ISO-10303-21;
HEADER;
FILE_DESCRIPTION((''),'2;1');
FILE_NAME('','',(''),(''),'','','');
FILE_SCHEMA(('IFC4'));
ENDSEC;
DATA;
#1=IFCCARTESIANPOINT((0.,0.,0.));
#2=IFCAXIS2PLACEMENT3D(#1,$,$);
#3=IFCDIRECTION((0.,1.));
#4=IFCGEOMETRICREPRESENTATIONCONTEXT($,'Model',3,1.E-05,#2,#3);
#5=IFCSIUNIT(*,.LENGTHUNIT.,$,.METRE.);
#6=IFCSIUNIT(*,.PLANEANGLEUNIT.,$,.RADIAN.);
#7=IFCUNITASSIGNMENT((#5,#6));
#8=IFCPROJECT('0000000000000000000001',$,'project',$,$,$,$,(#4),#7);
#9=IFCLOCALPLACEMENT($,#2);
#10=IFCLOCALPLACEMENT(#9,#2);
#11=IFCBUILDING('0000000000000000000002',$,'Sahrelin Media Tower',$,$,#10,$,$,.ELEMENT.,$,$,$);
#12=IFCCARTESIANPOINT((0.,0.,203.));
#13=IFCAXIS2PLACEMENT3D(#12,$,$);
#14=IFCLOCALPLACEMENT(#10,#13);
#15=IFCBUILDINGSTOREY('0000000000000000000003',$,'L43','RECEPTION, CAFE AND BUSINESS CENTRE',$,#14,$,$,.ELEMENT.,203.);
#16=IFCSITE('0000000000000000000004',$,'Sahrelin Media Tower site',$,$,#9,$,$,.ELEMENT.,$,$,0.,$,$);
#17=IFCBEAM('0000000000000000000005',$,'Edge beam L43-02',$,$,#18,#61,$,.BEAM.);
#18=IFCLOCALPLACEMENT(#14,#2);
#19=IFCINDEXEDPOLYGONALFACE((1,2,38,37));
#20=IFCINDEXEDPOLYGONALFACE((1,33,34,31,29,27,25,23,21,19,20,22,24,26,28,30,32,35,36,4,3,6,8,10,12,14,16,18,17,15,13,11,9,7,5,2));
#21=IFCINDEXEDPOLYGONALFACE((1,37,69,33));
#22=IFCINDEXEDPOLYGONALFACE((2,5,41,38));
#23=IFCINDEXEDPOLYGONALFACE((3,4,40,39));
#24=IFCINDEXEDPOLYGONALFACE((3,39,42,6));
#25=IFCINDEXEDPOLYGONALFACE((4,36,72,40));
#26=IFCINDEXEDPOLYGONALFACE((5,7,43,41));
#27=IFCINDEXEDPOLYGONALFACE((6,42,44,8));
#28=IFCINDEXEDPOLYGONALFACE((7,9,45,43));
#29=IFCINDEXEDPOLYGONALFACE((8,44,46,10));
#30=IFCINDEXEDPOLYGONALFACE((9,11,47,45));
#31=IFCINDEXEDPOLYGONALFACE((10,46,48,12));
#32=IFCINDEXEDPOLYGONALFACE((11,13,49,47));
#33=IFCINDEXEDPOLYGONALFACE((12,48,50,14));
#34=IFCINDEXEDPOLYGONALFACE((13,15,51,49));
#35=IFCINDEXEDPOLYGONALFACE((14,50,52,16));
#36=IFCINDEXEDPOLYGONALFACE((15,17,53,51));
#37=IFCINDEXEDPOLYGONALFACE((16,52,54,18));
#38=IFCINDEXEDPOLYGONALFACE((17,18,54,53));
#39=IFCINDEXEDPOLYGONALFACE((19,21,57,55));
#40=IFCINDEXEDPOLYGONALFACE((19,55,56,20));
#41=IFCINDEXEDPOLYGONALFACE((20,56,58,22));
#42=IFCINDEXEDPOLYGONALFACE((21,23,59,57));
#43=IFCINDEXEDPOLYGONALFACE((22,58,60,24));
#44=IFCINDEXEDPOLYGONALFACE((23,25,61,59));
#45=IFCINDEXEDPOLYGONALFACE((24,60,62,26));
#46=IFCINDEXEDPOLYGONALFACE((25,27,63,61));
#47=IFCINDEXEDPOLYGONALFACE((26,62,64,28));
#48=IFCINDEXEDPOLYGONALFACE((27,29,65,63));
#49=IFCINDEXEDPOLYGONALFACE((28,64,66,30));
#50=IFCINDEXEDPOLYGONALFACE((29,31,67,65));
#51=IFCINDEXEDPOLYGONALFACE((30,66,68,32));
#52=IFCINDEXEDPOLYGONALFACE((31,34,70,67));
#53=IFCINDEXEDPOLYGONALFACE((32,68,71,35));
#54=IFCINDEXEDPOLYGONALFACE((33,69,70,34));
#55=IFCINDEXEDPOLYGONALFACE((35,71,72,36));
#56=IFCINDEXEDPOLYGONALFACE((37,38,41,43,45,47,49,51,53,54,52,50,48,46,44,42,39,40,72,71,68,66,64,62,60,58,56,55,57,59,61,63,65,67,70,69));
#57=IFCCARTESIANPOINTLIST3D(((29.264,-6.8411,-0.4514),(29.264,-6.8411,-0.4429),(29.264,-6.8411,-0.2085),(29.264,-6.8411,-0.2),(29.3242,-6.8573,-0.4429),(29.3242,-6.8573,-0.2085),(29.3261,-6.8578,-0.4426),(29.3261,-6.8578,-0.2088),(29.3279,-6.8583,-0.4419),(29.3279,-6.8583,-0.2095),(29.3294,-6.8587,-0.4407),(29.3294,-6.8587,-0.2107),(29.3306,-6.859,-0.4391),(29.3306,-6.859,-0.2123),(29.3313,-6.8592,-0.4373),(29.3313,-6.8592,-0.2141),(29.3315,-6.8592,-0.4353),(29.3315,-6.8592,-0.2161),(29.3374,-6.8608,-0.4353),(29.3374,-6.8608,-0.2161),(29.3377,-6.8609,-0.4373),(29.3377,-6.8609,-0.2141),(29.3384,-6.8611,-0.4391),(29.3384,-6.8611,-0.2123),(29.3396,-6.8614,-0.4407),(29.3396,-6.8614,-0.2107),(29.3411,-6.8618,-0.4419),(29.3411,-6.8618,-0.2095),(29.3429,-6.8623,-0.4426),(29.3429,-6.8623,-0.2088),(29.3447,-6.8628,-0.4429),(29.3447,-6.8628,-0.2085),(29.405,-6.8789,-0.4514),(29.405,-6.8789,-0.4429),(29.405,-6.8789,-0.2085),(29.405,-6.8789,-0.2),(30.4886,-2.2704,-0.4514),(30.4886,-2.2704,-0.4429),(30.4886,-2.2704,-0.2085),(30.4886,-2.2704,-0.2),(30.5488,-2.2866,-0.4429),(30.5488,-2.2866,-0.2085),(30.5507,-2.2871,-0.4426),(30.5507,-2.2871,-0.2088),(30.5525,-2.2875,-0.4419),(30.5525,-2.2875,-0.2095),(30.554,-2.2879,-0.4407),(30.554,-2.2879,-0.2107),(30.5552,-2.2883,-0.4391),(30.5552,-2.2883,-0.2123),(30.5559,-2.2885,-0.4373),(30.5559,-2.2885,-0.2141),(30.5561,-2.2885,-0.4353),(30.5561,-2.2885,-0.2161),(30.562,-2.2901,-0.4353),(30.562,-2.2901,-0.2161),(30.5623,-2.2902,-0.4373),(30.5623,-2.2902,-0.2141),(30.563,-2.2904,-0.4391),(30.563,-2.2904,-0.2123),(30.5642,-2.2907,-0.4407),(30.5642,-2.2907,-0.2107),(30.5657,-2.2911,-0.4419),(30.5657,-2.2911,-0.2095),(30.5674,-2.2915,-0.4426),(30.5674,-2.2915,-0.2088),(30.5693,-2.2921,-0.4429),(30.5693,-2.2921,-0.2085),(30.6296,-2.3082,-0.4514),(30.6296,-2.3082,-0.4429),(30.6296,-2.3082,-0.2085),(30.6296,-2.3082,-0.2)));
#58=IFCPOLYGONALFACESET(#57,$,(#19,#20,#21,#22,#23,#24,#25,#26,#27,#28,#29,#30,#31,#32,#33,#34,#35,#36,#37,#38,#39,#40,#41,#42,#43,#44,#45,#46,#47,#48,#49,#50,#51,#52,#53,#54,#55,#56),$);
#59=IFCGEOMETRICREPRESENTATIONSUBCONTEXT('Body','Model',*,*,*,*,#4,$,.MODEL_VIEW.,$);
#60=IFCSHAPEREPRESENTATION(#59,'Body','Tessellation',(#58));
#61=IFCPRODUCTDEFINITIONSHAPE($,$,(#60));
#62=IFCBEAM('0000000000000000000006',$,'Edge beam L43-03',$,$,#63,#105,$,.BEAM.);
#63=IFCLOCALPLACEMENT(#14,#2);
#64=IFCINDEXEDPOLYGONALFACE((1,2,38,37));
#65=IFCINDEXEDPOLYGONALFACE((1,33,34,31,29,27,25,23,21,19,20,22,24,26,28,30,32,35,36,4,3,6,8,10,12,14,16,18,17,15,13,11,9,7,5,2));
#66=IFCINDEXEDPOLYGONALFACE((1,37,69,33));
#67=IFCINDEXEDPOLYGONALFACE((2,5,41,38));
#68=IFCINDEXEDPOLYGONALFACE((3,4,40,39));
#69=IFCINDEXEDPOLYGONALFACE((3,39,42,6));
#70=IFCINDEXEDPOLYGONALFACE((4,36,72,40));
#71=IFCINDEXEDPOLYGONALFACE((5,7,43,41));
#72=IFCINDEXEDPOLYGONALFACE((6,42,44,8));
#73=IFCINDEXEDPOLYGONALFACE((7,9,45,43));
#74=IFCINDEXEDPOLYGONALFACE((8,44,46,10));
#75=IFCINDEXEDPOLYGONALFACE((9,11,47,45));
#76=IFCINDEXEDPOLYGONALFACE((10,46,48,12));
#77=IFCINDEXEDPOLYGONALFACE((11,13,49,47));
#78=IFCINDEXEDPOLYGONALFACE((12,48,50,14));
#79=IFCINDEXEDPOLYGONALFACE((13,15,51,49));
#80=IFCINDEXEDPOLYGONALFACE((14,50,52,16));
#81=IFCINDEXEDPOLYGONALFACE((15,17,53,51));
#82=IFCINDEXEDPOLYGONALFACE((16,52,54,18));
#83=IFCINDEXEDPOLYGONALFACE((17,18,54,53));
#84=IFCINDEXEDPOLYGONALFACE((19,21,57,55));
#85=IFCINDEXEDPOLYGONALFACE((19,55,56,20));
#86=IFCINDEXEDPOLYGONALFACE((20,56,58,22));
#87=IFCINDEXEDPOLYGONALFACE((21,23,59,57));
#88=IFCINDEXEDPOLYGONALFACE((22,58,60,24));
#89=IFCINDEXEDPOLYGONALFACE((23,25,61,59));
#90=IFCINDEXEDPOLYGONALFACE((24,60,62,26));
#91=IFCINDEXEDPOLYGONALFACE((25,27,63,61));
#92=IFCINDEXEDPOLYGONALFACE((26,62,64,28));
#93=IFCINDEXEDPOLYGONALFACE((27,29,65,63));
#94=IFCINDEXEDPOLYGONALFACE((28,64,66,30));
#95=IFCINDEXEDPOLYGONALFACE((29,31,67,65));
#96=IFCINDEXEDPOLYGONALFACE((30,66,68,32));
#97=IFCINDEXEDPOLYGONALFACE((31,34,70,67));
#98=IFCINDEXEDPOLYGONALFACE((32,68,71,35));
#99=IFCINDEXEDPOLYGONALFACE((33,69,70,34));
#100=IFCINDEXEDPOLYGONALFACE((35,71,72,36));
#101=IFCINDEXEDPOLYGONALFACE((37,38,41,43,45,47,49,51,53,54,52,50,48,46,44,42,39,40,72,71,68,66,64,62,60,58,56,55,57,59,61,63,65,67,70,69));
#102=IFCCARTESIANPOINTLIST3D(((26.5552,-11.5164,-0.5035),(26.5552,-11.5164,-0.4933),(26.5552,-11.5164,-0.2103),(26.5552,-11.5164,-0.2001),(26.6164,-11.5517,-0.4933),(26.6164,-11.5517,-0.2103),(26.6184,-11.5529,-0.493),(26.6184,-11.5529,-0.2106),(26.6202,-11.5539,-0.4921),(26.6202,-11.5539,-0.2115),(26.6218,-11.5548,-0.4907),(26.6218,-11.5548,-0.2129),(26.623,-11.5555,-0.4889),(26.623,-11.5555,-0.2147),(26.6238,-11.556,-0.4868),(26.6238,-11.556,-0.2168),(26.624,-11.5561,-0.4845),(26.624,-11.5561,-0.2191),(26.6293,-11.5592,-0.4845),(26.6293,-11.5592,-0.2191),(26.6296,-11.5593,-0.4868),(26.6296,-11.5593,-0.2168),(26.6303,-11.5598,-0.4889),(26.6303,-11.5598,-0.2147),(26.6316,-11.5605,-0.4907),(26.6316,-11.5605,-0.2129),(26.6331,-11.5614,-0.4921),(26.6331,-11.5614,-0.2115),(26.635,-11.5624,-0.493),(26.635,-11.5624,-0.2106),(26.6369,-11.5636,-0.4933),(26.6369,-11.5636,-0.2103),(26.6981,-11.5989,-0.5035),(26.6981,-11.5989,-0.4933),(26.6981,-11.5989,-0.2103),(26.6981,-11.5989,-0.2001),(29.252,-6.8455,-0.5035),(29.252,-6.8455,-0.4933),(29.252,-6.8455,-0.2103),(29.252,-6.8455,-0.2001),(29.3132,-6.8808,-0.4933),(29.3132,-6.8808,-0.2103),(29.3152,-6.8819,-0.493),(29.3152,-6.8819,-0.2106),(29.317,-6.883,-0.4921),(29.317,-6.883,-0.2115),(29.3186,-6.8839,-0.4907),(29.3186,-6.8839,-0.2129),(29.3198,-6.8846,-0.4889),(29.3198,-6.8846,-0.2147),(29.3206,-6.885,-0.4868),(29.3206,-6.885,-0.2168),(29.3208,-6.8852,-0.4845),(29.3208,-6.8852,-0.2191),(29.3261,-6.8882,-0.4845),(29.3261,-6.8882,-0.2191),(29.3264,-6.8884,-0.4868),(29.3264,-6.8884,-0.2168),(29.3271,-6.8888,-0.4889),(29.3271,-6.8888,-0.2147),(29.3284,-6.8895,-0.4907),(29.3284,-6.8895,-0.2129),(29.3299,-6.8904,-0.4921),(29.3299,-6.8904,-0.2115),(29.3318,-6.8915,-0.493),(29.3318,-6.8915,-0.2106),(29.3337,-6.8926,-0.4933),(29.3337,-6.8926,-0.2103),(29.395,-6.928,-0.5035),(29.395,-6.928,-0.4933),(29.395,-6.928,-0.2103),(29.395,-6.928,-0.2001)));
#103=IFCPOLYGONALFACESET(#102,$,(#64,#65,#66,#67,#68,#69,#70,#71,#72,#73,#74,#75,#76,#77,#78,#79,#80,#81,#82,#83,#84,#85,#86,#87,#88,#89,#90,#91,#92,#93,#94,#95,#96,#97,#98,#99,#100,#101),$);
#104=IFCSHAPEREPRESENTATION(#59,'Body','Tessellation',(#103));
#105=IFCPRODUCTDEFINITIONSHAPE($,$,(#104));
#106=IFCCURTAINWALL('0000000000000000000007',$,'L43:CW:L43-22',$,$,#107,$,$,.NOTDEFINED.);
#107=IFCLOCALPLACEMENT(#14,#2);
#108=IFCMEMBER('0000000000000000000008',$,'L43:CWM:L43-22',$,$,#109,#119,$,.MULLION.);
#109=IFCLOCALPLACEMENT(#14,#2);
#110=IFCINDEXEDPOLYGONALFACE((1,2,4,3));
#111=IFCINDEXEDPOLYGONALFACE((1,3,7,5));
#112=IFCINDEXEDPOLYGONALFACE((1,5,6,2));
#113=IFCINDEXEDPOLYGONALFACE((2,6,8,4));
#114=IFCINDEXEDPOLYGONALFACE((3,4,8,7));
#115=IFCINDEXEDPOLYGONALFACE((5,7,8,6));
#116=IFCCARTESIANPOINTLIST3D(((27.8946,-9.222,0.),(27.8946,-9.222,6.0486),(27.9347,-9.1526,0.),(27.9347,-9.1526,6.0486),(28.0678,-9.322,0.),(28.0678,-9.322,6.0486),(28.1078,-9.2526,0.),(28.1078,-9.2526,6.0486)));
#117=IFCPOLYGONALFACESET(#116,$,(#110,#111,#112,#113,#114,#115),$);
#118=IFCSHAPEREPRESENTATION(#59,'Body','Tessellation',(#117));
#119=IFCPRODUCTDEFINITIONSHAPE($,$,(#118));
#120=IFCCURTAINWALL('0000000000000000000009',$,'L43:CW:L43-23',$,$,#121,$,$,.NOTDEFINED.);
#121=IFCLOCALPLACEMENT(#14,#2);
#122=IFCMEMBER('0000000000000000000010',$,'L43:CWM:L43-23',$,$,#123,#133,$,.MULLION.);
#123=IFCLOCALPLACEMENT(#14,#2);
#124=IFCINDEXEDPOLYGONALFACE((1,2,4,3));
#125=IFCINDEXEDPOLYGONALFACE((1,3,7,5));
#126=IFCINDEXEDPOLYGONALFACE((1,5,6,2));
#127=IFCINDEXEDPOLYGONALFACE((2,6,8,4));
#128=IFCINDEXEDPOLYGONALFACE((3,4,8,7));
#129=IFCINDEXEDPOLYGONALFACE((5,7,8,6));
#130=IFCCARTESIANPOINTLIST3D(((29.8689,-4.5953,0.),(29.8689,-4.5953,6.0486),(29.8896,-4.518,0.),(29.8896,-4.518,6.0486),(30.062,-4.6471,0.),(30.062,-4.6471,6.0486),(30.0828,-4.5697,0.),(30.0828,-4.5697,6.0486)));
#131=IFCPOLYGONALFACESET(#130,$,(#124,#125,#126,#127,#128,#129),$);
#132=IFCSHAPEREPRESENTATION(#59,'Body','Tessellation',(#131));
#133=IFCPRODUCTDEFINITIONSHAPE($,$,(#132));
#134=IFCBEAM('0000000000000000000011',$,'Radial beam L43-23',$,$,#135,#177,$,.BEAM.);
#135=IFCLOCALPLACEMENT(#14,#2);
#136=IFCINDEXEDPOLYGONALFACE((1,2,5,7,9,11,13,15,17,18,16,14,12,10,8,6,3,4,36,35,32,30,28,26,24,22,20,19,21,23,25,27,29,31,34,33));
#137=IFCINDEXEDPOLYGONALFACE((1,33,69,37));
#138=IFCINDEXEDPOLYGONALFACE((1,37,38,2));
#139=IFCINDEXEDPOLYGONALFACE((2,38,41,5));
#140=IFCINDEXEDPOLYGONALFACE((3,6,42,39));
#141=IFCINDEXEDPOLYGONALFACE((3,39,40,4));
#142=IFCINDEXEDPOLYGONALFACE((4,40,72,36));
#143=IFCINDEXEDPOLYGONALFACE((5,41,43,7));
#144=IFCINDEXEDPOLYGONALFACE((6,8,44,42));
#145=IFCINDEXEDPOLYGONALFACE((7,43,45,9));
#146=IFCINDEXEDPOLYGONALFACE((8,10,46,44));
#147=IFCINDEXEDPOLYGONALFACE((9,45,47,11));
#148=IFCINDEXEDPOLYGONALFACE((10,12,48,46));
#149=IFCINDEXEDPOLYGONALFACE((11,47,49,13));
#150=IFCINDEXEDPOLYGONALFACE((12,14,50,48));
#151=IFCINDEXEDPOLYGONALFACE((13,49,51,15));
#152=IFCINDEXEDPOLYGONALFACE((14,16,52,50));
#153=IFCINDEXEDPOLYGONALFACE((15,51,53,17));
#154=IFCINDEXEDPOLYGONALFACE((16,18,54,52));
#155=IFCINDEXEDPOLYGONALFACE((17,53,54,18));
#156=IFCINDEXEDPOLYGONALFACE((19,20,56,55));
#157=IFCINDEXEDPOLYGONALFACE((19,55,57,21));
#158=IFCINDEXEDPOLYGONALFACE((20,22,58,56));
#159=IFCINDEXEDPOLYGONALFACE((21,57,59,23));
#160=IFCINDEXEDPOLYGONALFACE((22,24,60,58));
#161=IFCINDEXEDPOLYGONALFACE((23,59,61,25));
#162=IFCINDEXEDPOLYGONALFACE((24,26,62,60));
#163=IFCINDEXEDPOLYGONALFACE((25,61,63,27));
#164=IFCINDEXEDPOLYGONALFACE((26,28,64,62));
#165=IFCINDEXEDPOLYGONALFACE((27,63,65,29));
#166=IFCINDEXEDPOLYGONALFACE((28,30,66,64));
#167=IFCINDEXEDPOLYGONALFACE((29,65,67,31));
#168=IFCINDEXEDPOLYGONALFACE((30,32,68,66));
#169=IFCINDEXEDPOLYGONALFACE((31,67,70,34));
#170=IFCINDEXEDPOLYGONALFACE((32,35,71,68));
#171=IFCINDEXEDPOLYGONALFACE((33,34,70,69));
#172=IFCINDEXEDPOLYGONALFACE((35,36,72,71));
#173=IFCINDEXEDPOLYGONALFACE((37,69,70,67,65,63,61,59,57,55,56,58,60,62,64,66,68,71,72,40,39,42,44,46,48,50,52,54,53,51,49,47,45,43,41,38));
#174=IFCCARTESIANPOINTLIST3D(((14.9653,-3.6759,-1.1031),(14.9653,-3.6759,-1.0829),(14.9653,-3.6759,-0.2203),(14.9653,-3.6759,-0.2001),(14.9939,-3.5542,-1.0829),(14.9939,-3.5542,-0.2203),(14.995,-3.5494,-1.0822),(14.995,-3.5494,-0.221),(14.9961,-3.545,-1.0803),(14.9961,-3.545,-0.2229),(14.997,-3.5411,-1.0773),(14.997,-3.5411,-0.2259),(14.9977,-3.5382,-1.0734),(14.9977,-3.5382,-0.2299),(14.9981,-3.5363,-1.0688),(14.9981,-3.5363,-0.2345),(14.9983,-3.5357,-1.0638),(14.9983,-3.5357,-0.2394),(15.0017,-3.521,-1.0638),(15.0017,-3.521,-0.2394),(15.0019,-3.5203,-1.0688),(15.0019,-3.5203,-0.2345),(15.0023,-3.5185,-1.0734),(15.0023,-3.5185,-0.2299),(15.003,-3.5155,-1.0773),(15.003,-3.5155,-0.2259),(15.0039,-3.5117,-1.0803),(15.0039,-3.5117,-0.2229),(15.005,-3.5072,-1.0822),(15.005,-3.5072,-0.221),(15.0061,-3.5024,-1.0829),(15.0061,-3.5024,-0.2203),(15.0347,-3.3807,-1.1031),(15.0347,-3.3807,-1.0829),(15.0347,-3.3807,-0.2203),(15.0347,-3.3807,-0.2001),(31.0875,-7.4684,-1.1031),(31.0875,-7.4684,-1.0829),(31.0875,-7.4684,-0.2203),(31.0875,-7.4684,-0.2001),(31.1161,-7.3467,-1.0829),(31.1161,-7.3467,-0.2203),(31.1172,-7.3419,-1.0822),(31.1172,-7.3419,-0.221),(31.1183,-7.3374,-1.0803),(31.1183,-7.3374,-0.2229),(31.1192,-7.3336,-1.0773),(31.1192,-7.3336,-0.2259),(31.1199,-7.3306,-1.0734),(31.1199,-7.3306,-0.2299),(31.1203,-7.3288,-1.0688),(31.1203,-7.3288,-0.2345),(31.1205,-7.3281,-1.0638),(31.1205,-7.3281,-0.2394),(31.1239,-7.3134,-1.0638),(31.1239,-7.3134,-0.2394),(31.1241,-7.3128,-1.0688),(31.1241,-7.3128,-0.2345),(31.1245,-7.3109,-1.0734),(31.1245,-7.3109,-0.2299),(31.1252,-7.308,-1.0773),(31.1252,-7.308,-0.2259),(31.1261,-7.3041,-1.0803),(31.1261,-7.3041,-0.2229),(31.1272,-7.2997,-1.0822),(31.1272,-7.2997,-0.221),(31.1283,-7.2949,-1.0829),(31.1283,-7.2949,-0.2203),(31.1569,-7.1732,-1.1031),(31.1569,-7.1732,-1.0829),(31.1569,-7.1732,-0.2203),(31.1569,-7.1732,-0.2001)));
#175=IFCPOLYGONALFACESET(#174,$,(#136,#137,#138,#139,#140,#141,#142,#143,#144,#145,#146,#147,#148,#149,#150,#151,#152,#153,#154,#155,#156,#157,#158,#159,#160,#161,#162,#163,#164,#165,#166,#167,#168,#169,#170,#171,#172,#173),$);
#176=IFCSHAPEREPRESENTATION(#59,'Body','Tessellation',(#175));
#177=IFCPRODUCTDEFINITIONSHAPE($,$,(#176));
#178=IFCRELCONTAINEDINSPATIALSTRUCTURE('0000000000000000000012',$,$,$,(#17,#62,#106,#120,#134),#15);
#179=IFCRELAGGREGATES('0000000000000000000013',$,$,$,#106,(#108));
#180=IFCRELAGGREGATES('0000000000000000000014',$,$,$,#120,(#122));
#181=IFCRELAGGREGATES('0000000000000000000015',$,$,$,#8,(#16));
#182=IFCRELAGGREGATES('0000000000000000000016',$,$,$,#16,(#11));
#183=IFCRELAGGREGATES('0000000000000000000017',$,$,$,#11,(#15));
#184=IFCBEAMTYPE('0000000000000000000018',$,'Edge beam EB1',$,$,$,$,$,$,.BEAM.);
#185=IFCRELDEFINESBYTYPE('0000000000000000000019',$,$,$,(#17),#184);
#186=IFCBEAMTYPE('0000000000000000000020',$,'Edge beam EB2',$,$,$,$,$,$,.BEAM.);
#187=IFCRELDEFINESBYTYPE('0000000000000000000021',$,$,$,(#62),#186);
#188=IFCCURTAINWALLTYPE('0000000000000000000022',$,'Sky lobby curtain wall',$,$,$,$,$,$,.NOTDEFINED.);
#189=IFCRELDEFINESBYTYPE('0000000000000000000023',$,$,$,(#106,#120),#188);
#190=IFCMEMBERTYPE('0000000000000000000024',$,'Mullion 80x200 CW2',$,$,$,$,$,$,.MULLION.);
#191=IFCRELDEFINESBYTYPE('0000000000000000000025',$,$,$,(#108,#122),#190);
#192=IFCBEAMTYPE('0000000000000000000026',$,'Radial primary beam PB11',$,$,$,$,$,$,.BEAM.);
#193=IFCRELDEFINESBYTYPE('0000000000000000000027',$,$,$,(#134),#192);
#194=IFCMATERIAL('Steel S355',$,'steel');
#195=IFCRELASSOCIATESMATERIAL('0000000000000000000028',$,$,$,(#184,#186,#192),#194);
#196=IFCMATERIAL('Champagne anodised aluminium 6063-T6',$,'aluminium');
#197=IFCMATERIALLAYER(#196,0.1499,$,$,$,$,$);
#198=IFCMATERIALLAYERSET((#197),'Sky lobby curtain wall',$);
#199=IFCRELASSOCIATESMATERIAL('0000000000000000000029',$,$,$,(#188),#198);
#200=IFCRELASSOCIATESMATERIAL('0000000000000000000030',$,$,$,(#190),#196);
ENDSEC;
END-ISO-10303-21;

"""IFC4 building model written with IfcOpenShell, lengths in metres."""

from ifc_helpers import new_model, si_unit, direction, frame, origin, origin_2d, place, context, subcontext, project, spatial, rectangle, i_section, extrude, material, layer, layer_set, material_profile, profile_set, type_object, element, aggregate, save


model = new_model("IFC4")

# Units and contexts
model_context = context("Model", 3, precision=1e-05, world=origin(), true_north=direction((0.0, 1.0)))
body_context = subcontext(model_context, "Body", "Model", "MODEL_VIEW")
ifc_project = project(units=[si_unit("LENGTHUNIT", "METRE"), si_unit("PLANEANGLEUNIT", "RADIAN")], contexts=[model_context])

# Site, building, storey
site_placement = place(None, origin())
site = spatial("IfcSite", under=ifc_project, at=site_placement, Name="Sahrelin Media Tower site", CompositionType="ELEMENT", RefElevation=0.0)
building_placement = place(site_placement, origin())
building = spatial("IfcBuilding", under=site, at=building_placement, Name="Sahrelin Media Tower", CompositionType="ELEMENT")
storey_placement = place(building_placement, frame((0.0, 0.0, 203.0)))
storey = spatial("IfcBuildingStorey", under=building, at=storey_placement, Name="L43", Description="RECEPTION, CAFE AND BUSINESS CENTRE", CompositionType="ELEMENT", Elevation=203.0)

# Beams
ifc_material_1 = material(Name="Steel S355", Category="steel")
ifc_material_profile_1 = material_profile(ifc_material_1, i_section(OverallWidth=0.146, OverallDepth=0.2515, WebThickness=0.0061, FlangeThickness=0.0085, FilletRadius=0.0076, at=origin_2d()), Name="UB 254x146x31")
ifc_profile_set_1 = profile_set([ifc_material_profile_1], Name="Steel S355")
beam_type_1 = type_object("IfcBeamType", Name="Edge beam EB1", PredefinedType="BEAM", material=ifc_profile_set_1)
beam_1_placement = place(storey_placement, frame((30.5591, -2.2893, -0.3257), z_axis=(-0.258793, -0.965933, 0.0), x_axis=(0.965933, -0.258793, 0.0)))
element("IfcBeam", 1, at=beam_1_placement, inside=storey, type_object=beam_type_1, Name="Edge beam L43-02", PredefinedType="BEAM", context=body_context, shape_type="SweptSolid", body=[
    extrude(i_section(OverallWidth=0.146, OverallDepth=0.2515, WebThickness=0.0061, FlangeThickness=0.0085, FilletRadius=0.0076, at=origin_2d()), origin(), (0.0, 0.0, 1.0), 4.7319),
])
ifc_material_profile_2 = material_profile(ifc_material_1, i_section(OverallWidth=0.165, OverallDepth=0.3035, WebThickness=0.0061, FlangeThickness=0.0103, FilletRadius=0.0088, at=origin_2d()), Name="UB 305x165x40")
ifc_profile_set_2 = profile_set([ifc_material_profile_2], Name="Steel S355")
beam_type_2 = type_object("IfcBeamType", Name="Edge beam EB2", PredefinedType="BEAM", material=ifc_profile_set_2)
beam_2_placement = place(storey_placement, frame((29.3235, -6.8867, -0.3518), z_axis=(-0.500005, -0.866023, 0.0), x_axis=(0.866023, -0.500005, 0.0)))
element("IfcBeam", 2, at=beam_2_placement, inside=storey, type_object=beam_type_2, Name="Edge beam L43-03", PredefinedType="BEAM", context=body_context, shape_type="SweptSolid", body=[
    extrude(i_section(OverallWidth=0.165, OverallDepth=0.3035, WebThickness=0.0061, FlangeThickness=0.0103, FilletRadius=0.0088, at=origin_2d()), origin(), (0.0, 0.0, 1.0), 5.3936),
])

# Curtain walls, members
ifc_material_2 = material(Name="Champagne anodised aluminium 6063-T6", Category="aluminium")
ifc_layer_1 = layer(ifc_material_2, 0.1499)
ifc_layer_set_1 = layer_set([ifc_layer_1], Name="Sky lobby curtain wall")
curtain_wall_type = type_object("IfcCurtainWallType", Name="Sky lobby curtain wall", PredefinedType="NOTDEFINED", material=ifc_layer_set_1)
curtain_wall_1_placement = place(storey_placement, frame((28.105, -9.2971, 0.0), z_axis=(0.0, 0.0, 1.0), x_axis=(1.0, 0.0, 0.0)))
curtain_wall_1 = element("IfcCurtainWall", 3, at=curtain_wall_1_placement, inside=storey, type_object=curtain_wall_type, Name="L43:CW:L43-22", PredefinedType="NOTDEFINED")
ifc_material_profile_3 = material_profile(ifc_material_2, rectangle(XDim=0.0801, YDim=0.2, at=origin_2d()), Name="Mullion 80x200")
ifc_profile_set_3 = profile_set([ifc_material_profile_3], Name="Champagne anodised aluminium 6063-T6")
member_type_1 = type_object("IfcMemberType", Name="Mullion 80x200 CW2", PredefinedType="MULLION", material=ifc_profile_set_3)
member_1_placement = place(storey_placement, frame((28.0012, -9.2373, 0.0), z_axis=(0.0, 0.0, 1.0), x_axis=(0.500003, 0.866024, 0.0)))
member_1 = element("IfcMember", 4, at=member_1_placement, type_object=member_type_1, Name="L43:CWM:L43-22", PredefinedType="MULLION", context=body_context, shape_type="SweptSolid", body=[
    extrude(rectangle(XDim=0.0801, YDim=0.2, at=origin_2d()), origin(), (0.0, 0.0, 1.0), 6.0486),
])
aggregate(curtain_wall_1, [member_1])
curtain_wall_2_placement = place(storey_placement, frame((30.0918, -4.6135, 0.0), z_axis=(0.0, 0.0, 1.0), x_axis=(1.0, 0.0, 0.0)))
curtain_wall_2 = element("IfcCurtainWall", 5, at=curtain_wall_2_placement, inside=storey, type_object=curtain_wall_type, Name="L43:CW:L43-23", PredefinedType="NOTDEFINED")
member_2_placement = place(storey_placement, frame((29.9758, -4.5825, 0.0), z_axis=(0.0, 0.0, 1.0), x_axis=(0.258822, 0.965925, 0.0)))
member_2 = element("IfcMember", 6, at=member_2_placement, type_object=member_type_1, Name="L43:CWM:L43-23", PredefinedType="MULLION", context=body_context, shape_type="SweptSolid", body=[
    extrude(rectangle(XDim=0.0801, YDim=0.2, at=origin_2d()), origin(), (0.0, 0.0, 1.0), 6.0486),
])

# Beam
ifc_material_profile_4 = material_profile(ifc_material_1, i_section(OverallWidth=0.3032, OverallDepth=0.9031, WebThickness=0.0151, FlangeThickness=0.0203, FilletRadius=0.019, at=origin_2d()), Name="UB 914x305x201")
ifc_profile_set_4 = profile_set([ifc_material_profile_4], Name="Steel S355")
beam_type_3 = type_object("IfcBeamType", Name="Radial primary beam PB11", PredefinedType="BEAM", material=ifc_profile_set_4)
beam_3_placement = place(storey_placement, frame((15.0, -3.5283, -0.6516), z_axis=(0.973431, -0.228982, 0.0), x_axis=(0.228982, 0.973431, 0.0)))
element("IfcBeam", 7, at=beam_3_placement, inside=storey, type_object=beam_type_3, Name="Radial beam L43-23", PredefinedType="BEAM", context=body_context, shape_type="SweptSolid", body=[
    extrude(i_section(OverallWidth=0.3032, OverallDepth=0.9031, WebThickness=0.0151, FlangeThickness=0.0203, FilletRadius=0.019, at=origin_2d()), origin(), (0.0, 0.0, 1.0), 16.5623),
])

aggregate(curtain_wall_2, [member_2])

save(model, "model.ifc")
